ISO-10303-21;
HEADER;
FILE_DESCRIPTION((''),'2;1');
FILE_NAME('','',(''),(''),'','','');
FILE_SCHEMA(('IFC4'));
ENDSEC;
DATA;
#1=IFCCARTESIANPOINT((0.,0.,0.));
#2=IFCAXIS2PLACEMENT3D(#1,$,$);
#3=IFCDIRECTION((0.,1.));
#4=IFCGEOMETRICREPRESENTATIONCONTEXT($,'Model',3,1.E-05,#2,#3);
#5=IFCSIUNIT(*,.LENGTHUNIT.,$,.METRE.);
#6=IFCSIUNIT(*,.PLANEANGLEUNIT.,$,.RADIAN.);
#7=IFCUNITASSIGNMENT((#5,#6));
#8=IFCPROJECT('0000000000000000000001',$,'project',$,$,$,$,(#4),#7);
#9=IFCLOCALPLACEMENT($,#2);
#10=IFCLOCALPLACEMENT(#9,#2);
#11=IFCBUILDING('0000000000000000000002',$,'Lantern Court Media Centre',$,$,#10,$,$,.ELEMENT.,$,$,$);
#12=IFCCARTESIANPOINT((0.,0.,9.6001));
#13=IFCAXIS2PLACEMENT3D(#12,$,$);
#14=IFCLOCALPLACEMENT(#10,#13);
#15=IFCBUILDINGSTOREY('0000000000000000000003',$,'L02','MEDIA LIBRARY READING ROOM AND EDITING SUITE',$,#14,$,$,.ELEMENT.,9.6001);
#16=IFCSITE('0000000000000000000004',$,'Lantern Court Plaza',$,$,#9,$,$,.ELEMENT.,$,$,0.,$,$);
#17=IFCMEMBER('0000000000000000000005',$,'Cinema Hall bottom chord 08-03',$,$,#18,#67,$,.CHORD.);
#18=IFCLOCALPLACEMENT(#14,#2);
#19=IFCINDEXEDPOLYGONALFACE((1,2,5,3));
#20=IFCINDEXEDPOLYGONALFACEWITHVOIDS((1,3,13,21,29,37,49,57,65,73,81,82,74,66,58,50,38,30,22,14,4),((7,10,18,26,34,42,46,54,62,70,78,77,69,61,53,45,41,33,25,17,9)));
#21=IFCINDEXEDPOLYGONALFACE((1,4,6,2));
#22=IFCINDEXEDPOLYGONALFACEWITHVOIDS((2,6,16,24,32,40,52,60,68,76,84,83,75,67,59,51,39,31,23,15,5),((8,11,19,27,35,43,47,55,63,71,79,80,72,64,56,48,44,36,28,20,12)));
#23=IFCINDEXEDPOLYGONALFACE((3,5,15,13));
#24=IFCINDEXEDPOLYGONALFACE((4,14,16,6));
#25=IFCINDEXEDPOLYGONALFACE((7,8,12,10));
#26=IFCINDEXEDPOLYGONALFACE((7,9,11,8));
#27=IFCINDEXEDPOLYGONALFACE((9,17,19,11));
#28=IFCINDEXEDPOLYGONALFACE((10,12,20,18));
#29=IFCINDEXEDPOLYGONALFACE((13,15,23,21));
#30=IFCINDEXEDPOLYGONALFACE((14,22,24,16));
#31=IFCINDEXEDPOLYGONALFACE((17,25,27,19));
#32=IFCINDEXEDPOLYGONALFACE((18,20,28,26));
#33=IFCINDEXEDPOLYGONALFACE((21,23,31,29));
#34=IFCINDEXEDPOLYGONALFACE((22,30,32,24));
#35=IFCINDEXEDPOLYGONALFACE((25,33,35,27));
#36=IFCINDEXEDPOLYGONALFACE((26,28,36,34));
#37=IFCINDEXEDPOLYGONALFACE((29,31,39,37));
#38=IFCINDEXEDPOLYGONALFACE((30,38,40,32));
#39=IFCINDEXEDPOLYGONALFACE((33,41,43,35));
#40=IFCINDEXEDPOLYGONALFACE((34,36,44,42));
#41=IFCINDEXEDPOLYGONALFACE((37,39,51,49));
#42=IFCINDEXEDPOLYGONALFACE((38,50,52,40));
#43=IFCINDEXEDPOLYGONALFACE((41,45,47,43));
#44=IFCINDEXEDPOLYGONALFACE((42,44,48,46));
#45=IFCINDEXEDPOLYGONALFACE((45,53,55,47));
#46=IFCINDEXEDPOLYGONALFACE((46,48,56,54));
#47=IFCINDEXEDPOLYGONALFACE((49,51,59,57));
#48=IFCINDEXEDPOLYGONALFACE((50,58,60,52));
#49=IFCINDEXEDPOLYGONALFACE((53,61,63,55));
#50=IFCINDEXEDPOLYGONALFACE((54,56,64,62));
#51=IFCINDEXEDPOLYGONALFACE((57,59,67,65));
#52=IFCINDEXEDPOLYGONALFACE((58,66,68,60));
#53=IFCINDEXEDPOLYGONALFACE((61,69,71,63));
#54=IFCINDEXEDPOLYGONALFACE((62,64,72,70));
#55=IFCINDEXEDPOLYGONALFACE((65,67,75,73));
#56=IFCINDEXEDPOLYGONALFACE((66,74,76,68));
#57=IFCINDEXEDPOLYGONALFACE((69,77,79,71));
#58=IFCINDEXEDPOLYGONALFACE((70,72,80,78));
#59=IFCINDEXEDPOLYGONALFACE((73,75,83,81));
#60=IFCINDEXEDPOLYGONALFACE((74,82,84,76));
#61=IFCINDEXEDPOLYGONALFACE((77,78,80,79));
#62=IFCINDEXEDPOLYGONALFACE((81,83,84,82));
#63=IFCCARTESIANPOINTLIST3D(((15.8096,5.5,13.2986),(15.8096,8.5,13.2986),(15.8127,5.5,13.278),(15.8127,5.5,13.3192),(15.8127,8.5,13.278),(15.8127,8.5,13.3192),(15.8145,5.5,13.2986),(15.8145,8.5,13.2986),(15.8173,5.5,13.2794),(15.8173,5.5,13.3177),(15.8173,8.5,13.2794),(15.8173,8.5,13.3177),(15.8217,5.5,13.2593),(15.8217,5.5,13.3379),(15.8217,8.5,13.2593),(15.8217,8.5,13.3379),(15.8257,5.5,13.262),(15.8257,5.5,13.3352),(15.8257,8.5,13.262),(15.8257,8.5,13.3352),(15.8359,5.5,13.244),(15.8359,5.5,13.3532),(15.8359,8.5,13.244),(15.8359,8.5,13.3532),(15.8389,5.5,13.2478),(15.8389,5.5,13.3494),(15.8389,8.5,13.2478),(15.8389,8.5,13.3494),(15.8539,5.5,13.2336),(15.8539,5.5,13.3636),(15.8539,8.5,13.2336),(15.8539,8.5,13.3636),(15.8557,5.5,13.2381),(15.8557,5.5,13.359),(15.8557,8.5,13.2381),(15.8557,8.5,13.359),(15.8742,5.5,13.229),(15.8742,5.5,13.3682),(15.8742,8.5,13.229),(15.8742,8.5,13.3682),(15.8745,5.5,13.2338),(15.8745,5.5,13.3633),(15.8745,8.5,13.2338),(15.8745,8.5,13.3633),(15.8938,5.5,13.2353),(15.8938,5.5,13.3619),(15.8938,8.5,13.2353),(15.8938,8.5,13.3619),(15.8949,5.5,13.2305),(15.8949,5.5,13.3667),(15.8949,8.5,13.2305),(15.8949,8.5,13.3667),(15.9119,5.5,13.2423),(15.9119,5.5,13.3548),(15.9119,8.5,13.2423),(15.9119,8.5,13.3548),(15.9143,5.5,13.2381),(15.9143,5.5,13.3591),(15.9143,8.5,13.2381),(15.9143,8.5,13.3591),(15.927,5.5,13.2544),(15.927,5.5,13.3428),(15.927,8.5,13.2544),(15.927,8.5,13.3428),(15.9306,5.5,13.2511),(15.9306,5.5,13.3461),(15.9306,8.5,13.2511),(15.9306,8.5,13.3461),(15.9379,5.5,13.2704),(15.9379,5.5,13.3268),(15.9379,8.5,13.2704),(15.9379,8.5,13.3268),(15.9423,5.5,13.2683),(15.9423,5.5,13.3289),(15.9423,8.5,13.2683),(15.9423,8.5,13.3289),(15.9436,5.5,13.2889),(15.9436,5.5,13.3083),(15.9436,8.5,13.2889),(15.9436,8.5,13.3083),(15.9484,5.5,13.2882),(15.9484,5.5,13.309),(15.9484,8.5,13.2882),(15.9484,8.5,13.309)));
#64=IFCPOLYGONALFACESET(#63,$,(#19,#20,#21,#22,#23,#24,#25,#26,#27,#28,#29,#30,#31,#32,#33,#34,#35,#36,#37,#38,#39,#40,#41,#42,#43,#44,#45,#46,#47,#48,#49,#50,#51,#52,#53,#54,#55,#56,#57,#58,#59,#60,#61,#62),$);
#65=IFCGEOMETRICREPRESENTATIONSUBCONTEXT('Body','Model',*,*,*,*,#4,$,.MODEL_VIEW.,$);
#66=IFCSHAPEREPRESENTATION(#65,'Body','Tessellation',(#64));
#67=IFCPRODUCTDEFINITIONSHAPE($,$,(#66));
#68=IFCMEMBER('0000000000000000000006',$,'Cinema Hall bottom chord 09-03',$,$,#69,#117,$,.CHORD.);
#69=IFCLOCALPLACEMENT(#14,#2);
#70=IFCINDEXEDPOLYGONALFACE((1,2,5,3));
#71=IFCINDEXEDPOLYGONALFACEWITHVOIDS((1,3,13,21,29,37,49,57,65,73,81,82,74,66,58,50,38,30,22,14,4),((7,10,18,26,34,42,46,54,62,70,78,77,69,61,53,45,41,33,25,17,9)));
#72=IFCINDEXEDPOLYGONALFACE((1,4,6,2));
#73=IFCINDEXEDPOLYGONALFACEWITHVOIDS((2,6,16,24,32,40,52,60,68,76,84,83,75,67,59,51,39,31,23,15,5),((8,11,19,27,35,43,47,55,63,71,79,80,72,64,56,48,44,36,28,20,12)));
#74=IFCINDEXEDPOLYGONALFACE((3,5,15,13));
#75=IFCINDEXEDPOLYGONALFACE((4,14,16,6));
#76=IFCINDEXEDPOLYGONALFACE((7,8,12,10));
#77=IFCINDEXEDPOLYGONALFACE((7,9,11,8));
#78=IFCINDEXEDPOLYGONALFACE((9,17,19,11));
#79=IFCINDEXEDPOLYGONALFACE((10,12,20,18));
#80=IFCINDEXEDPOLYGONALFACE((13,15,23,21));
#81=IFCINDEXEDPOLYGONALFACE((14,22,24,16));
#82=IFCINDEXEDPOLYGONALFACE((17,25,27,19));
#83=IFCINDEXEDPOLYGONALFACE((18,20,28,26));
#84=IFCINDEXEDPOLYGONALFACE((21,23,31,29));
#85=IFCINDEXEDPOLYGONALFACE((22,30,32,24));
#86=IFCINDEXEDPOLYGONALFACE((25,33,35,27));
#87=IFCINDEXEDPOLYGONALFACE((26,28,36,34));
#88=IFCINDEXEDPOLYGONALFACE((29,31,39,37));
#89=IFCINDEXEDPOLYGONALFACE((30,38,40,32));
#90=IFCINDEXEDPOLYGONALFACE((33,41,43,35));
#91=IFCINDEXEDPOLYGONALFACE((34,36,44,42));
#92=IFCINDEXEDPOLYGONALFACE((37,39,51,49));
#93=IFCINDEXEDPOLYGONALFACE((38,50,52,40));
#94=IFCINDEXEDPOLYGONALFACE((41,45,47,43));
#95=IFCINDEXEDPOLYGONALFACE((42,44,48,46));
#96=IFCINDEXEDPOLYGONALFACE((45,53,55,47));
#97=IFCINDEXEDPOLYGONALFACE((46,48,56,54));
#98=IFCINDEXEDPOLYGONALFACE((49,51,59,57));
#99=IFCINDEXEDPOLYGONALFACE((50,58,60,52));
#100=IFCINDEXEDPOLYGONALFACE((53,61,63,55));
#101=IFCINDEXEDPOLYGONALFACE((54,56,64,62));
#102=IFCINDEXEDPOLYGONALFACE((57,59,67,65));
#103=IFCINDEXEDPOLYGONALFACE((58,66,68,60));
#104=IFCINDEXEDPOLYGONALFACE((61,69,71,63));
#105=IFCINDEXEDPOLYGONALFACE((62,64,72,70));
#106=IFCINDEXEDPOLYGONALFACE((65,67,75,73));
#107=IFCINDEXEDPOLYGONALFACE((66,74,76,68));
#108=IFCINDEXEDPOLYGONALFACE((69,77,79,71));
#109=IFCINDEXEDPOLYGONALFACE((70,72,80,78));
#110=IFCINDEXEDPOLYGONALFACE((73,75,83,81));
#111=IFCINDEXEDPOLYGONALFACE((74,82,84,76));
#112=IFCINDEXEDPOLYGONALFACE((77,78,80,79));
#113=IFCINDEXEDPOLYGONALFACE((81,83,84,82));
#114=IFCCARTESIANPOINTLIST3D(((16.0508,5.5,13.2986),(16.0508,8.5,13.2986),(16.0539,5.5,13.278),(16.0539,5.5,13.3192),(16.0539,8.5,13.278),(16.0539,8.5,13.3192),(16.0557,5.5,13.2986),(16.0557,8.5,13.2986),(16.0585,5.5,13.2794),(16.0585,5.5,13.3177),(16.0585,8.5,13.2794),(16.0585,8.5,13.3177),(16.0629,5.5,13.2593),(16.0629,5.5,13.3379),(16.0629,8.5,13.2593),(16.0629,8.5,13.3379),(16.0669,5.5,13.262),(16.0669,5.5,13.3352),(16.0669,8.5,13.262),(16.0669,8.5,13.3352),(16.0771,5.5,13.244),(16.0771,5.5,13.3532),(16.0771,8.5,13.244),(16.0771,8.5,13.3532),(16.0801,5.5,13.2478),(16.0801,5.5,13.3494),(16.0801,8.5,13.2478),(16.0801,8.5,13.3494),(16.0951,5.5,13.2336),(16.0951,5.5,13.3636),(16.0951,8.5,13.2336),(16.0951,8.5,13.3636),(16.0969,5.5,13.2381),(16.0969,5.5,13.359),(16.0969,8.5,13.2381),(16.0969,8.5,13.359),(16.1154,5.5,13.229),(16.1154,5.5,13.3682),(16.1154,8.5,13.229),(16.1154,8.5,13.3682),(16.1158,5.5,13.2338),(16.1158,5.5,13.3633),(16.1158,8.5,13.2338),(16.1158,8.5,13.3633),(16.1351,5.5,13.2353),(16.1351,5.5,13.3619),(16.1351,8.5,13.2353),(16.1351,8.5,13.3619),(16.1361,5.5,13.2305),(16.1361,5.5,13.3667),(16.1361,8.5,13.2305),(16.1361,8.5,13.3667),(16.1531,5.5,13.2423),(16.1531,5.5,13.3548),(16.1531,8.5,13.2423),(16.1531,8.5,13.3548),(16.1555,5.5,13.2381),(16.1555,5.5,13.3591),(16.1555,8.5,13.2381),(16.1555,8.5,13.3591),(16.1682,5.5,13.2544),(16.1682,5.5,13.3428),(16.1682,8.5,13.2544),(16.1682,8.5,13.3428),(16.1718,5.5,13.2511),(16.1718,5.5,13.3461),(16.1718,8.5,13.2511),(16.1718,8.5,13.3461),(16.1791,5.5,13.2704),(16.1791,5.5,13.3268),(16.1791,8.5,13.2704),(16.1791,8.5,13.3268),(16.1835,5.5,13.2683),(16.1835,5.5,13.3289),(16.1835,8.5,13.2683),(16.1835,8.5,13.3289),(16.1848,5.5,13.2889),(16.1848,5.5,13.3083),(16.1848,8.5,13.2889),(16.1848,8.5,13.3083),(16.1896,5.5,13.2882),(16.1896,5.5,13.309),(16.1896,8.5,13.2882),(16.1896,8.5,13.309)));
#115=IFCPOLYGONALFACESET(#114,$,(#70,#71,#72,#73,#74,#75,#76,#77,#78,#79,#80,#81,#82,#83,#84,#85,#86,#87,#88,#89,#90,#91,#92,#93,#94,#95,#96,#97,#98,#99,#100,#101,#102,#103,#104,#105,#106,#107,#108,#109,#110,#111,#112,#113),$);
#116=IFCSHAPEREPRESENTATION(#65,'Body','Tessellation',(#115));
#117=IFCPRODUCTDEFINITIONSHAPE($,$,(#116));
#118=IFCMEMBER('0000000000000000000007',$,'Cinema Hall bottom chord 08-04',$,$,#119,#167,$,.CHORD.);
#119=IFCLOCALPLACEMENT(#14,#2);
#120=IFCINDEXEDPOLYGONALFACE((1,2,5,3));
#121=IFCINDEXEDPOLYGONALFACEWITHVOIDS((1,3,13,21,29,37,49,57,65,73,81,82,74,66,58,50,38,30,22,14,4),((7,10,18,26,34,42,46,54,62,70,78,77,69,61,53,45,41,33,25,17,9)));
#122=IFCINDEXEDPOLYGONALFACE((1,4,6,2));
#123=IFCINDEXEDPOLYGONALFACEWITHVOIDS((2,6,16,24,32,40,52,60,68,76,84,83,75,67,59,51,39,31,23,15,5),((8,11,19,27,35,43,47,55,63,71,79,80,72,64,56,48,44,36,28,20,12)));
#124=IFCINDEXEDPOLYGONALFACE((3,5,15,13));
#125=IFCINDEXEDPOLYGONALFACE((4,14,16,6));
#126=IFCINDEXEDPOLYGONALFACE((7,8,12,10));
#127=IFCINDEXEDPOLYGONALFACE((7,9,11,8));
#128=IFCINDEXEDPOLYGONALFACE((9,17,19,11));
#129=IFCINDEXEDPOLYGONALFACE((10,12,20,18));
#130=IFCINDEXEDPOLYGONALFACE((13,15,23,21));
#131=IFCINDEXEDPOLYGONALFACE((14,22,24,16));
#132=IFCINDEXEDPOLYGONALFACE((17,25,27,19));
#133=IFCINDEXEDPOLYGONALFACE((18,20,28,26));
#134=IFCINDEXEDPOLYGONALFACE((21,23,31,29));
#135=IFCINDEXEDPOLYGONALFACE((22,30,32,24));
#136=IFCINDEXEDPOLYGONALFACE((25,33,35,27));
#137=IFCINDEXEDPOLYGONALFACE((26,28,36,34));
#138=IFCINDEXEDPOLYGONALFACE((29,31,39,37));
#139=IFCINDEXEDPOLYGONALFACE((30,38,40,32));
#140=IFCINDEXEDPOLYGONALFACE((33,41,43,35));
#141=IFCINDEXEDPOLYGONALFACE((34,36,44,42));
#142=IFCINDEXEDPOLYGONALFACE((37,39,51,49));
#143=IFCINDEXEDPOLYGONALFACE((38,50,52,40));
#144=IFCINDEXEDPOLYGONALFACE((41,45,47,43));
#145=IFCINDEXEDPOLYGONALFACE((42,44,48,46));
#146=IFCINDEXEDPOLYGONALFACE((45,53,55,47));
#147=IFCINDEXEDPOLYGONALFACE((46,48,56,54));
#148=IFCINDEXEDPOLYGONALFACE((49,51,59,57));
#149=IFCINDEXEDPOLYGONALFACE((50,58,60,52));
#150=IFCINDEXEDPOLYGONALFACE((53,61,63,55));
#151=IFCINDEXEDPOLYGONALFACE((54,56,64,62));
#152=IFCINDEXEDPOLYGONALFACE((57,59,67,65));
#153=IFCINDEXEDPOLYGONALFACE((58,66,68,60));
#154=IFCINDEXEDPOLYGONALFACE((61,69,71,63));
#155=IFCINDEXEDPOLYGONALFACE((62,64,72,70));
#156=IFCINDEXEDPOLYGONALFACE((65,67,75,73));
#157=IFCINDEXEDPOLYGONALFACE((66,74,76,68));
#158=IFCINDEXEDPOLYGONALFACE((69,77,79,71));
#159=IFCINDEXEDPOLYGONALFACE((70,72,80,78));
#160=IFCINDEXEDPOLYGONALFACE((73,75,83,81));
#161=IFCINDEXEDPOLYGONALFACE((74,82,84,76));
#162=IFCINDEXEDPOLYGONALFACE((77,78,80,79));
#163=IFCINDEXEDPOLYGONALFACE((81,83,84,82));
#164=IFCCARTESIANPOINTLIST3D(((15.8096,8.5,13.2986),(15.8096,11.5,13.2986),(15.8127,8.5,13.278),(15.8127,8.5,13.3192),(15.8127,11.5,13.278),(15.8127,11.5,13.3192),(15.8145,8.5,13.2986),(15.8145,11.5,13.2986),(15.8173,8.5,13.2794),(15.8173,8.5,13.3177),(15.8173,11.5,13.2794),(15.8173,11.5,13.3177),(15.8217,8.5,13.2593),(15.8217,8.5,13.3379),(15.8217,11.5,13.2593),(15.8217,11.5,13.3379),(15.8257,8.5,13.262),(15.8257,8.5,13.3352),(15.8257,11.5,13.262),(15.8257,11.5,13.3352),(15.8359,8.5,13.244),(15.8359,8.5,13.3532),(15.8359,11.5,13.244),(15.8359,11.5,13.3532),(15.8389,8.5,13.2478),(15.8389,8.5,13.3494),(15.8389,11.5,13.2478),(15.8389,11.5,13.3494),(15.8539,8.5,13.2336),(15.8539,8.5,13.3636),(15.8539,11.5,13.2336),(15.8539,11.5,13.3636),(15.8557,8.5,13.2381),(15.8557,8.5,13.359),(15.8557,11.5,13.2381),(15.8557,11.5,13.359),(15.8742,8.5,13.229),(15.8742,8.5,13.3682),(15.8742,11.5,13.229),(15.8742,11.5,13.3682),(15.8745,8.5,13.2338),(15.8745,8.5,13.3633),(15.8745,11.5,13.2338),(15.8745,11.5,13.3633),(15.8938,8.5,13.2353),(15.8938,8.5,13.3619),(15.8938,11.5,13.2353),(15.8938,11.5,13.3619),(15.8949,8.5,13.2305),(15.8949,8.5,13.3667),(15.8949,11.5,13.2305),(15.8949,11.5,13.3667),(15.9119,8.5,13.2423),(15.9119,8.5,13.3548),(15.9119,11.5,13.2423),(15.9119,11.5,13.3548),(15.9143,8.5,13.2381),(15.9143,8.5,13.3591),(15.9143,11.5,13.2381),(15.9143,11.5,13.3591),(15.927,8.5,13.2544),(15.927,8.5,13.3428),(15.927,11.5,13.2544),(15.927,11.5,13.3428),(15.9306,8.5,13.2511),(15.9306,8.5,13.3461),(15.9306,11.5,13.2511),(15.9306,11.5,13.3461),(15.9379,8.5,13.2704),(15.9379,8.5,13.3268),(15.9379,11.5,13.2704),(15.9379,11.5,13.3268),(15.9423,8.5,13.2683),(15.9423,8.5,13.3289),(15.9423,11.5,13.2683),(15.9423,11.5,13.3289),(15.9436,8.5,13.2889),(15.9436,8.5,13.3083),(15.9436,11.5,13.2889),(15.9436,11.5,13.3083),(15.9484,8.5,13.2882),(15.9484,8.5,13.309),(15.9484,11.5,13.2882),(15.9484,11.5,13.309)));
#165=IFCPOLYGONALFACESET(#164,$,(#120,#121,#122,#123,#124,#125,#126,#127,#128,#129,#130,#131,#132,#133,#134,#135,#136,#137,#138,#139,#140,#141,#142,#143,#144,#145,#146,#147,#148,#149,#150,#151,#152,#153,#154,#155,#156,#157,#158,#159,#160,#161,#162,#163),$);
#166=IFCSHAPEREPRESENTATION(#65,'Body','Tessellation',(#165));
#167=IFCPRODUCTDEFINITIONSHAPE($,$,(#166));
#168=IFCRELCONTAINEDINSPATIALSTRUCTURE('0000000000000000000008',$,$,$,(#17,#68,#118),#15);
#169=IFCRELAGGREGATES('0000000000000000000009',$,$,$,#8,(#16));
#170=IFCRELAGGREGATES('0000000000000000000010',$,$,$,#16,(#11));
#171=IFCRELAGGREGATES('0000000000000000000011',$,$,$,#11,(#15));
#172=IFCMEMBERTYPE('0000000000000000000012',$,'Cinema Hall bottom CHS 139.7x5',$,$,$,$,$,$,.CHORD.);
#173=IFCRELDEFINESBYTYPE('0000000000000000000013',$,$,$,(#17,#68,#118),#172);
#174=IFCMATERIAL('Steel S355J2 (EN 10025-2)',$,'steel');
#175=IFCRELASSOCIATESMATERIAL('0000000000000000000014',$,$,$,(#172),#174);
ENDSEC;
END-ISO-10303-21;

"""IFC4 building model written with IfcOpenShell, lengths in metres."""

from ifc_helpers import new_model, si_unit, direction, frame, origin, origin_2d, place, context, subcontext, project, spatial, hollow_circle, extrude, material, material_profile, profile_set, type_object, element, save


model = new_model("IFC4")

# Units and contexts
model_context = context("Model", 3, precision=1e-05, world=origin(), true_north=direction((0.0, 1.0)))
body_context = subcontext(model_context, "Body", "Model", "MODEL_VIEW")
ifc_project = project(units=[si_unit("LENGTHUNIT", "METRE"), si_unit("PLANEANGLEUNIT", "RADIAN")], contexts=[model_context])

# Site, building, storey
site_placement = place(None, origin())
site = spatial("IfcSite", under=ifc_project, at=site_placement, Name="Lantern Court Plaza", CompositionType="ELEMENT", RefElevation=0.0)
building_placement = place(site_placement, origin())
building = spatial("IfcBuilding", under=site, at=building_placement, Name="Lantern Court Media Centre", CompositionType="ELEMENT")
storey_placement = place(building_placement, frame((0.0, 0.0, 9.6001)))
storey = spatial("IfcBuildingStorey", under=building, at=storey_placement, Name="L02", Description="MEDIA LIBRARY READING ROOM AND EDITING SUITE", CompositionType="ELEMENT", Elevation=9.6001)

# Members
ifc_material = material(Name="Steel S355J2 (EN 10025-2)", Category="steel")
ifc_material_profile_1 = material_profile(ifc_material, hollow_circle(Radius=0.0698, WallThickness=0.0049, at=origin_2d()), Name="Cinema Hall bottom CHS 139.7x5")
ifc_profile_set_1 = profile_set([ifc_material_profile_1], Name="Steel S355J2 (EN 10025-2)")
member_type_1 = type_object("IfcMemberType", Name="Cinema Hall bottom CHS 139.7x5", PredefinedType="CHORD", material=ifc_profile_set_1)
for number, where, z_axis, x_axis, name in (
    (1, (15.8794, 5.5, 13.2986), (0.0, 1.0, 0.0), (-1.0, 0.0, 0.0), "Cinema Hall bottom chord 08-03"),
    (2, (16.1206, 5.5, 13.2986), (0.0, 1.0, 0.0), (-1.0, 0.0, 0.0), "Cinema Hall bottom chord 09-03"),
    (3, (15.8794, 8.5, 13.2986), (0.0, 1.0, 0.0), (-1.0, 0.0, 0.0), "Cinema Hall bottom chord 08-04"),
):
    element("IfcMember", number, at=place(storey_placement, frame(where, z_axis=z_axis, x_axis=x_axis)), inside=storey, type_object=member_type_1, Name=name, PredefinedType="CHORD", context=body_context, shape_type="SweptSolid", body=[
        extrude(hollow_circle(Radius=0.0698, WallThickness=0.0049, at=origin_2d()), origin(), (0.0, 0.0, 1.0), 3.0),
    ])

save(model, "model.ifc")
